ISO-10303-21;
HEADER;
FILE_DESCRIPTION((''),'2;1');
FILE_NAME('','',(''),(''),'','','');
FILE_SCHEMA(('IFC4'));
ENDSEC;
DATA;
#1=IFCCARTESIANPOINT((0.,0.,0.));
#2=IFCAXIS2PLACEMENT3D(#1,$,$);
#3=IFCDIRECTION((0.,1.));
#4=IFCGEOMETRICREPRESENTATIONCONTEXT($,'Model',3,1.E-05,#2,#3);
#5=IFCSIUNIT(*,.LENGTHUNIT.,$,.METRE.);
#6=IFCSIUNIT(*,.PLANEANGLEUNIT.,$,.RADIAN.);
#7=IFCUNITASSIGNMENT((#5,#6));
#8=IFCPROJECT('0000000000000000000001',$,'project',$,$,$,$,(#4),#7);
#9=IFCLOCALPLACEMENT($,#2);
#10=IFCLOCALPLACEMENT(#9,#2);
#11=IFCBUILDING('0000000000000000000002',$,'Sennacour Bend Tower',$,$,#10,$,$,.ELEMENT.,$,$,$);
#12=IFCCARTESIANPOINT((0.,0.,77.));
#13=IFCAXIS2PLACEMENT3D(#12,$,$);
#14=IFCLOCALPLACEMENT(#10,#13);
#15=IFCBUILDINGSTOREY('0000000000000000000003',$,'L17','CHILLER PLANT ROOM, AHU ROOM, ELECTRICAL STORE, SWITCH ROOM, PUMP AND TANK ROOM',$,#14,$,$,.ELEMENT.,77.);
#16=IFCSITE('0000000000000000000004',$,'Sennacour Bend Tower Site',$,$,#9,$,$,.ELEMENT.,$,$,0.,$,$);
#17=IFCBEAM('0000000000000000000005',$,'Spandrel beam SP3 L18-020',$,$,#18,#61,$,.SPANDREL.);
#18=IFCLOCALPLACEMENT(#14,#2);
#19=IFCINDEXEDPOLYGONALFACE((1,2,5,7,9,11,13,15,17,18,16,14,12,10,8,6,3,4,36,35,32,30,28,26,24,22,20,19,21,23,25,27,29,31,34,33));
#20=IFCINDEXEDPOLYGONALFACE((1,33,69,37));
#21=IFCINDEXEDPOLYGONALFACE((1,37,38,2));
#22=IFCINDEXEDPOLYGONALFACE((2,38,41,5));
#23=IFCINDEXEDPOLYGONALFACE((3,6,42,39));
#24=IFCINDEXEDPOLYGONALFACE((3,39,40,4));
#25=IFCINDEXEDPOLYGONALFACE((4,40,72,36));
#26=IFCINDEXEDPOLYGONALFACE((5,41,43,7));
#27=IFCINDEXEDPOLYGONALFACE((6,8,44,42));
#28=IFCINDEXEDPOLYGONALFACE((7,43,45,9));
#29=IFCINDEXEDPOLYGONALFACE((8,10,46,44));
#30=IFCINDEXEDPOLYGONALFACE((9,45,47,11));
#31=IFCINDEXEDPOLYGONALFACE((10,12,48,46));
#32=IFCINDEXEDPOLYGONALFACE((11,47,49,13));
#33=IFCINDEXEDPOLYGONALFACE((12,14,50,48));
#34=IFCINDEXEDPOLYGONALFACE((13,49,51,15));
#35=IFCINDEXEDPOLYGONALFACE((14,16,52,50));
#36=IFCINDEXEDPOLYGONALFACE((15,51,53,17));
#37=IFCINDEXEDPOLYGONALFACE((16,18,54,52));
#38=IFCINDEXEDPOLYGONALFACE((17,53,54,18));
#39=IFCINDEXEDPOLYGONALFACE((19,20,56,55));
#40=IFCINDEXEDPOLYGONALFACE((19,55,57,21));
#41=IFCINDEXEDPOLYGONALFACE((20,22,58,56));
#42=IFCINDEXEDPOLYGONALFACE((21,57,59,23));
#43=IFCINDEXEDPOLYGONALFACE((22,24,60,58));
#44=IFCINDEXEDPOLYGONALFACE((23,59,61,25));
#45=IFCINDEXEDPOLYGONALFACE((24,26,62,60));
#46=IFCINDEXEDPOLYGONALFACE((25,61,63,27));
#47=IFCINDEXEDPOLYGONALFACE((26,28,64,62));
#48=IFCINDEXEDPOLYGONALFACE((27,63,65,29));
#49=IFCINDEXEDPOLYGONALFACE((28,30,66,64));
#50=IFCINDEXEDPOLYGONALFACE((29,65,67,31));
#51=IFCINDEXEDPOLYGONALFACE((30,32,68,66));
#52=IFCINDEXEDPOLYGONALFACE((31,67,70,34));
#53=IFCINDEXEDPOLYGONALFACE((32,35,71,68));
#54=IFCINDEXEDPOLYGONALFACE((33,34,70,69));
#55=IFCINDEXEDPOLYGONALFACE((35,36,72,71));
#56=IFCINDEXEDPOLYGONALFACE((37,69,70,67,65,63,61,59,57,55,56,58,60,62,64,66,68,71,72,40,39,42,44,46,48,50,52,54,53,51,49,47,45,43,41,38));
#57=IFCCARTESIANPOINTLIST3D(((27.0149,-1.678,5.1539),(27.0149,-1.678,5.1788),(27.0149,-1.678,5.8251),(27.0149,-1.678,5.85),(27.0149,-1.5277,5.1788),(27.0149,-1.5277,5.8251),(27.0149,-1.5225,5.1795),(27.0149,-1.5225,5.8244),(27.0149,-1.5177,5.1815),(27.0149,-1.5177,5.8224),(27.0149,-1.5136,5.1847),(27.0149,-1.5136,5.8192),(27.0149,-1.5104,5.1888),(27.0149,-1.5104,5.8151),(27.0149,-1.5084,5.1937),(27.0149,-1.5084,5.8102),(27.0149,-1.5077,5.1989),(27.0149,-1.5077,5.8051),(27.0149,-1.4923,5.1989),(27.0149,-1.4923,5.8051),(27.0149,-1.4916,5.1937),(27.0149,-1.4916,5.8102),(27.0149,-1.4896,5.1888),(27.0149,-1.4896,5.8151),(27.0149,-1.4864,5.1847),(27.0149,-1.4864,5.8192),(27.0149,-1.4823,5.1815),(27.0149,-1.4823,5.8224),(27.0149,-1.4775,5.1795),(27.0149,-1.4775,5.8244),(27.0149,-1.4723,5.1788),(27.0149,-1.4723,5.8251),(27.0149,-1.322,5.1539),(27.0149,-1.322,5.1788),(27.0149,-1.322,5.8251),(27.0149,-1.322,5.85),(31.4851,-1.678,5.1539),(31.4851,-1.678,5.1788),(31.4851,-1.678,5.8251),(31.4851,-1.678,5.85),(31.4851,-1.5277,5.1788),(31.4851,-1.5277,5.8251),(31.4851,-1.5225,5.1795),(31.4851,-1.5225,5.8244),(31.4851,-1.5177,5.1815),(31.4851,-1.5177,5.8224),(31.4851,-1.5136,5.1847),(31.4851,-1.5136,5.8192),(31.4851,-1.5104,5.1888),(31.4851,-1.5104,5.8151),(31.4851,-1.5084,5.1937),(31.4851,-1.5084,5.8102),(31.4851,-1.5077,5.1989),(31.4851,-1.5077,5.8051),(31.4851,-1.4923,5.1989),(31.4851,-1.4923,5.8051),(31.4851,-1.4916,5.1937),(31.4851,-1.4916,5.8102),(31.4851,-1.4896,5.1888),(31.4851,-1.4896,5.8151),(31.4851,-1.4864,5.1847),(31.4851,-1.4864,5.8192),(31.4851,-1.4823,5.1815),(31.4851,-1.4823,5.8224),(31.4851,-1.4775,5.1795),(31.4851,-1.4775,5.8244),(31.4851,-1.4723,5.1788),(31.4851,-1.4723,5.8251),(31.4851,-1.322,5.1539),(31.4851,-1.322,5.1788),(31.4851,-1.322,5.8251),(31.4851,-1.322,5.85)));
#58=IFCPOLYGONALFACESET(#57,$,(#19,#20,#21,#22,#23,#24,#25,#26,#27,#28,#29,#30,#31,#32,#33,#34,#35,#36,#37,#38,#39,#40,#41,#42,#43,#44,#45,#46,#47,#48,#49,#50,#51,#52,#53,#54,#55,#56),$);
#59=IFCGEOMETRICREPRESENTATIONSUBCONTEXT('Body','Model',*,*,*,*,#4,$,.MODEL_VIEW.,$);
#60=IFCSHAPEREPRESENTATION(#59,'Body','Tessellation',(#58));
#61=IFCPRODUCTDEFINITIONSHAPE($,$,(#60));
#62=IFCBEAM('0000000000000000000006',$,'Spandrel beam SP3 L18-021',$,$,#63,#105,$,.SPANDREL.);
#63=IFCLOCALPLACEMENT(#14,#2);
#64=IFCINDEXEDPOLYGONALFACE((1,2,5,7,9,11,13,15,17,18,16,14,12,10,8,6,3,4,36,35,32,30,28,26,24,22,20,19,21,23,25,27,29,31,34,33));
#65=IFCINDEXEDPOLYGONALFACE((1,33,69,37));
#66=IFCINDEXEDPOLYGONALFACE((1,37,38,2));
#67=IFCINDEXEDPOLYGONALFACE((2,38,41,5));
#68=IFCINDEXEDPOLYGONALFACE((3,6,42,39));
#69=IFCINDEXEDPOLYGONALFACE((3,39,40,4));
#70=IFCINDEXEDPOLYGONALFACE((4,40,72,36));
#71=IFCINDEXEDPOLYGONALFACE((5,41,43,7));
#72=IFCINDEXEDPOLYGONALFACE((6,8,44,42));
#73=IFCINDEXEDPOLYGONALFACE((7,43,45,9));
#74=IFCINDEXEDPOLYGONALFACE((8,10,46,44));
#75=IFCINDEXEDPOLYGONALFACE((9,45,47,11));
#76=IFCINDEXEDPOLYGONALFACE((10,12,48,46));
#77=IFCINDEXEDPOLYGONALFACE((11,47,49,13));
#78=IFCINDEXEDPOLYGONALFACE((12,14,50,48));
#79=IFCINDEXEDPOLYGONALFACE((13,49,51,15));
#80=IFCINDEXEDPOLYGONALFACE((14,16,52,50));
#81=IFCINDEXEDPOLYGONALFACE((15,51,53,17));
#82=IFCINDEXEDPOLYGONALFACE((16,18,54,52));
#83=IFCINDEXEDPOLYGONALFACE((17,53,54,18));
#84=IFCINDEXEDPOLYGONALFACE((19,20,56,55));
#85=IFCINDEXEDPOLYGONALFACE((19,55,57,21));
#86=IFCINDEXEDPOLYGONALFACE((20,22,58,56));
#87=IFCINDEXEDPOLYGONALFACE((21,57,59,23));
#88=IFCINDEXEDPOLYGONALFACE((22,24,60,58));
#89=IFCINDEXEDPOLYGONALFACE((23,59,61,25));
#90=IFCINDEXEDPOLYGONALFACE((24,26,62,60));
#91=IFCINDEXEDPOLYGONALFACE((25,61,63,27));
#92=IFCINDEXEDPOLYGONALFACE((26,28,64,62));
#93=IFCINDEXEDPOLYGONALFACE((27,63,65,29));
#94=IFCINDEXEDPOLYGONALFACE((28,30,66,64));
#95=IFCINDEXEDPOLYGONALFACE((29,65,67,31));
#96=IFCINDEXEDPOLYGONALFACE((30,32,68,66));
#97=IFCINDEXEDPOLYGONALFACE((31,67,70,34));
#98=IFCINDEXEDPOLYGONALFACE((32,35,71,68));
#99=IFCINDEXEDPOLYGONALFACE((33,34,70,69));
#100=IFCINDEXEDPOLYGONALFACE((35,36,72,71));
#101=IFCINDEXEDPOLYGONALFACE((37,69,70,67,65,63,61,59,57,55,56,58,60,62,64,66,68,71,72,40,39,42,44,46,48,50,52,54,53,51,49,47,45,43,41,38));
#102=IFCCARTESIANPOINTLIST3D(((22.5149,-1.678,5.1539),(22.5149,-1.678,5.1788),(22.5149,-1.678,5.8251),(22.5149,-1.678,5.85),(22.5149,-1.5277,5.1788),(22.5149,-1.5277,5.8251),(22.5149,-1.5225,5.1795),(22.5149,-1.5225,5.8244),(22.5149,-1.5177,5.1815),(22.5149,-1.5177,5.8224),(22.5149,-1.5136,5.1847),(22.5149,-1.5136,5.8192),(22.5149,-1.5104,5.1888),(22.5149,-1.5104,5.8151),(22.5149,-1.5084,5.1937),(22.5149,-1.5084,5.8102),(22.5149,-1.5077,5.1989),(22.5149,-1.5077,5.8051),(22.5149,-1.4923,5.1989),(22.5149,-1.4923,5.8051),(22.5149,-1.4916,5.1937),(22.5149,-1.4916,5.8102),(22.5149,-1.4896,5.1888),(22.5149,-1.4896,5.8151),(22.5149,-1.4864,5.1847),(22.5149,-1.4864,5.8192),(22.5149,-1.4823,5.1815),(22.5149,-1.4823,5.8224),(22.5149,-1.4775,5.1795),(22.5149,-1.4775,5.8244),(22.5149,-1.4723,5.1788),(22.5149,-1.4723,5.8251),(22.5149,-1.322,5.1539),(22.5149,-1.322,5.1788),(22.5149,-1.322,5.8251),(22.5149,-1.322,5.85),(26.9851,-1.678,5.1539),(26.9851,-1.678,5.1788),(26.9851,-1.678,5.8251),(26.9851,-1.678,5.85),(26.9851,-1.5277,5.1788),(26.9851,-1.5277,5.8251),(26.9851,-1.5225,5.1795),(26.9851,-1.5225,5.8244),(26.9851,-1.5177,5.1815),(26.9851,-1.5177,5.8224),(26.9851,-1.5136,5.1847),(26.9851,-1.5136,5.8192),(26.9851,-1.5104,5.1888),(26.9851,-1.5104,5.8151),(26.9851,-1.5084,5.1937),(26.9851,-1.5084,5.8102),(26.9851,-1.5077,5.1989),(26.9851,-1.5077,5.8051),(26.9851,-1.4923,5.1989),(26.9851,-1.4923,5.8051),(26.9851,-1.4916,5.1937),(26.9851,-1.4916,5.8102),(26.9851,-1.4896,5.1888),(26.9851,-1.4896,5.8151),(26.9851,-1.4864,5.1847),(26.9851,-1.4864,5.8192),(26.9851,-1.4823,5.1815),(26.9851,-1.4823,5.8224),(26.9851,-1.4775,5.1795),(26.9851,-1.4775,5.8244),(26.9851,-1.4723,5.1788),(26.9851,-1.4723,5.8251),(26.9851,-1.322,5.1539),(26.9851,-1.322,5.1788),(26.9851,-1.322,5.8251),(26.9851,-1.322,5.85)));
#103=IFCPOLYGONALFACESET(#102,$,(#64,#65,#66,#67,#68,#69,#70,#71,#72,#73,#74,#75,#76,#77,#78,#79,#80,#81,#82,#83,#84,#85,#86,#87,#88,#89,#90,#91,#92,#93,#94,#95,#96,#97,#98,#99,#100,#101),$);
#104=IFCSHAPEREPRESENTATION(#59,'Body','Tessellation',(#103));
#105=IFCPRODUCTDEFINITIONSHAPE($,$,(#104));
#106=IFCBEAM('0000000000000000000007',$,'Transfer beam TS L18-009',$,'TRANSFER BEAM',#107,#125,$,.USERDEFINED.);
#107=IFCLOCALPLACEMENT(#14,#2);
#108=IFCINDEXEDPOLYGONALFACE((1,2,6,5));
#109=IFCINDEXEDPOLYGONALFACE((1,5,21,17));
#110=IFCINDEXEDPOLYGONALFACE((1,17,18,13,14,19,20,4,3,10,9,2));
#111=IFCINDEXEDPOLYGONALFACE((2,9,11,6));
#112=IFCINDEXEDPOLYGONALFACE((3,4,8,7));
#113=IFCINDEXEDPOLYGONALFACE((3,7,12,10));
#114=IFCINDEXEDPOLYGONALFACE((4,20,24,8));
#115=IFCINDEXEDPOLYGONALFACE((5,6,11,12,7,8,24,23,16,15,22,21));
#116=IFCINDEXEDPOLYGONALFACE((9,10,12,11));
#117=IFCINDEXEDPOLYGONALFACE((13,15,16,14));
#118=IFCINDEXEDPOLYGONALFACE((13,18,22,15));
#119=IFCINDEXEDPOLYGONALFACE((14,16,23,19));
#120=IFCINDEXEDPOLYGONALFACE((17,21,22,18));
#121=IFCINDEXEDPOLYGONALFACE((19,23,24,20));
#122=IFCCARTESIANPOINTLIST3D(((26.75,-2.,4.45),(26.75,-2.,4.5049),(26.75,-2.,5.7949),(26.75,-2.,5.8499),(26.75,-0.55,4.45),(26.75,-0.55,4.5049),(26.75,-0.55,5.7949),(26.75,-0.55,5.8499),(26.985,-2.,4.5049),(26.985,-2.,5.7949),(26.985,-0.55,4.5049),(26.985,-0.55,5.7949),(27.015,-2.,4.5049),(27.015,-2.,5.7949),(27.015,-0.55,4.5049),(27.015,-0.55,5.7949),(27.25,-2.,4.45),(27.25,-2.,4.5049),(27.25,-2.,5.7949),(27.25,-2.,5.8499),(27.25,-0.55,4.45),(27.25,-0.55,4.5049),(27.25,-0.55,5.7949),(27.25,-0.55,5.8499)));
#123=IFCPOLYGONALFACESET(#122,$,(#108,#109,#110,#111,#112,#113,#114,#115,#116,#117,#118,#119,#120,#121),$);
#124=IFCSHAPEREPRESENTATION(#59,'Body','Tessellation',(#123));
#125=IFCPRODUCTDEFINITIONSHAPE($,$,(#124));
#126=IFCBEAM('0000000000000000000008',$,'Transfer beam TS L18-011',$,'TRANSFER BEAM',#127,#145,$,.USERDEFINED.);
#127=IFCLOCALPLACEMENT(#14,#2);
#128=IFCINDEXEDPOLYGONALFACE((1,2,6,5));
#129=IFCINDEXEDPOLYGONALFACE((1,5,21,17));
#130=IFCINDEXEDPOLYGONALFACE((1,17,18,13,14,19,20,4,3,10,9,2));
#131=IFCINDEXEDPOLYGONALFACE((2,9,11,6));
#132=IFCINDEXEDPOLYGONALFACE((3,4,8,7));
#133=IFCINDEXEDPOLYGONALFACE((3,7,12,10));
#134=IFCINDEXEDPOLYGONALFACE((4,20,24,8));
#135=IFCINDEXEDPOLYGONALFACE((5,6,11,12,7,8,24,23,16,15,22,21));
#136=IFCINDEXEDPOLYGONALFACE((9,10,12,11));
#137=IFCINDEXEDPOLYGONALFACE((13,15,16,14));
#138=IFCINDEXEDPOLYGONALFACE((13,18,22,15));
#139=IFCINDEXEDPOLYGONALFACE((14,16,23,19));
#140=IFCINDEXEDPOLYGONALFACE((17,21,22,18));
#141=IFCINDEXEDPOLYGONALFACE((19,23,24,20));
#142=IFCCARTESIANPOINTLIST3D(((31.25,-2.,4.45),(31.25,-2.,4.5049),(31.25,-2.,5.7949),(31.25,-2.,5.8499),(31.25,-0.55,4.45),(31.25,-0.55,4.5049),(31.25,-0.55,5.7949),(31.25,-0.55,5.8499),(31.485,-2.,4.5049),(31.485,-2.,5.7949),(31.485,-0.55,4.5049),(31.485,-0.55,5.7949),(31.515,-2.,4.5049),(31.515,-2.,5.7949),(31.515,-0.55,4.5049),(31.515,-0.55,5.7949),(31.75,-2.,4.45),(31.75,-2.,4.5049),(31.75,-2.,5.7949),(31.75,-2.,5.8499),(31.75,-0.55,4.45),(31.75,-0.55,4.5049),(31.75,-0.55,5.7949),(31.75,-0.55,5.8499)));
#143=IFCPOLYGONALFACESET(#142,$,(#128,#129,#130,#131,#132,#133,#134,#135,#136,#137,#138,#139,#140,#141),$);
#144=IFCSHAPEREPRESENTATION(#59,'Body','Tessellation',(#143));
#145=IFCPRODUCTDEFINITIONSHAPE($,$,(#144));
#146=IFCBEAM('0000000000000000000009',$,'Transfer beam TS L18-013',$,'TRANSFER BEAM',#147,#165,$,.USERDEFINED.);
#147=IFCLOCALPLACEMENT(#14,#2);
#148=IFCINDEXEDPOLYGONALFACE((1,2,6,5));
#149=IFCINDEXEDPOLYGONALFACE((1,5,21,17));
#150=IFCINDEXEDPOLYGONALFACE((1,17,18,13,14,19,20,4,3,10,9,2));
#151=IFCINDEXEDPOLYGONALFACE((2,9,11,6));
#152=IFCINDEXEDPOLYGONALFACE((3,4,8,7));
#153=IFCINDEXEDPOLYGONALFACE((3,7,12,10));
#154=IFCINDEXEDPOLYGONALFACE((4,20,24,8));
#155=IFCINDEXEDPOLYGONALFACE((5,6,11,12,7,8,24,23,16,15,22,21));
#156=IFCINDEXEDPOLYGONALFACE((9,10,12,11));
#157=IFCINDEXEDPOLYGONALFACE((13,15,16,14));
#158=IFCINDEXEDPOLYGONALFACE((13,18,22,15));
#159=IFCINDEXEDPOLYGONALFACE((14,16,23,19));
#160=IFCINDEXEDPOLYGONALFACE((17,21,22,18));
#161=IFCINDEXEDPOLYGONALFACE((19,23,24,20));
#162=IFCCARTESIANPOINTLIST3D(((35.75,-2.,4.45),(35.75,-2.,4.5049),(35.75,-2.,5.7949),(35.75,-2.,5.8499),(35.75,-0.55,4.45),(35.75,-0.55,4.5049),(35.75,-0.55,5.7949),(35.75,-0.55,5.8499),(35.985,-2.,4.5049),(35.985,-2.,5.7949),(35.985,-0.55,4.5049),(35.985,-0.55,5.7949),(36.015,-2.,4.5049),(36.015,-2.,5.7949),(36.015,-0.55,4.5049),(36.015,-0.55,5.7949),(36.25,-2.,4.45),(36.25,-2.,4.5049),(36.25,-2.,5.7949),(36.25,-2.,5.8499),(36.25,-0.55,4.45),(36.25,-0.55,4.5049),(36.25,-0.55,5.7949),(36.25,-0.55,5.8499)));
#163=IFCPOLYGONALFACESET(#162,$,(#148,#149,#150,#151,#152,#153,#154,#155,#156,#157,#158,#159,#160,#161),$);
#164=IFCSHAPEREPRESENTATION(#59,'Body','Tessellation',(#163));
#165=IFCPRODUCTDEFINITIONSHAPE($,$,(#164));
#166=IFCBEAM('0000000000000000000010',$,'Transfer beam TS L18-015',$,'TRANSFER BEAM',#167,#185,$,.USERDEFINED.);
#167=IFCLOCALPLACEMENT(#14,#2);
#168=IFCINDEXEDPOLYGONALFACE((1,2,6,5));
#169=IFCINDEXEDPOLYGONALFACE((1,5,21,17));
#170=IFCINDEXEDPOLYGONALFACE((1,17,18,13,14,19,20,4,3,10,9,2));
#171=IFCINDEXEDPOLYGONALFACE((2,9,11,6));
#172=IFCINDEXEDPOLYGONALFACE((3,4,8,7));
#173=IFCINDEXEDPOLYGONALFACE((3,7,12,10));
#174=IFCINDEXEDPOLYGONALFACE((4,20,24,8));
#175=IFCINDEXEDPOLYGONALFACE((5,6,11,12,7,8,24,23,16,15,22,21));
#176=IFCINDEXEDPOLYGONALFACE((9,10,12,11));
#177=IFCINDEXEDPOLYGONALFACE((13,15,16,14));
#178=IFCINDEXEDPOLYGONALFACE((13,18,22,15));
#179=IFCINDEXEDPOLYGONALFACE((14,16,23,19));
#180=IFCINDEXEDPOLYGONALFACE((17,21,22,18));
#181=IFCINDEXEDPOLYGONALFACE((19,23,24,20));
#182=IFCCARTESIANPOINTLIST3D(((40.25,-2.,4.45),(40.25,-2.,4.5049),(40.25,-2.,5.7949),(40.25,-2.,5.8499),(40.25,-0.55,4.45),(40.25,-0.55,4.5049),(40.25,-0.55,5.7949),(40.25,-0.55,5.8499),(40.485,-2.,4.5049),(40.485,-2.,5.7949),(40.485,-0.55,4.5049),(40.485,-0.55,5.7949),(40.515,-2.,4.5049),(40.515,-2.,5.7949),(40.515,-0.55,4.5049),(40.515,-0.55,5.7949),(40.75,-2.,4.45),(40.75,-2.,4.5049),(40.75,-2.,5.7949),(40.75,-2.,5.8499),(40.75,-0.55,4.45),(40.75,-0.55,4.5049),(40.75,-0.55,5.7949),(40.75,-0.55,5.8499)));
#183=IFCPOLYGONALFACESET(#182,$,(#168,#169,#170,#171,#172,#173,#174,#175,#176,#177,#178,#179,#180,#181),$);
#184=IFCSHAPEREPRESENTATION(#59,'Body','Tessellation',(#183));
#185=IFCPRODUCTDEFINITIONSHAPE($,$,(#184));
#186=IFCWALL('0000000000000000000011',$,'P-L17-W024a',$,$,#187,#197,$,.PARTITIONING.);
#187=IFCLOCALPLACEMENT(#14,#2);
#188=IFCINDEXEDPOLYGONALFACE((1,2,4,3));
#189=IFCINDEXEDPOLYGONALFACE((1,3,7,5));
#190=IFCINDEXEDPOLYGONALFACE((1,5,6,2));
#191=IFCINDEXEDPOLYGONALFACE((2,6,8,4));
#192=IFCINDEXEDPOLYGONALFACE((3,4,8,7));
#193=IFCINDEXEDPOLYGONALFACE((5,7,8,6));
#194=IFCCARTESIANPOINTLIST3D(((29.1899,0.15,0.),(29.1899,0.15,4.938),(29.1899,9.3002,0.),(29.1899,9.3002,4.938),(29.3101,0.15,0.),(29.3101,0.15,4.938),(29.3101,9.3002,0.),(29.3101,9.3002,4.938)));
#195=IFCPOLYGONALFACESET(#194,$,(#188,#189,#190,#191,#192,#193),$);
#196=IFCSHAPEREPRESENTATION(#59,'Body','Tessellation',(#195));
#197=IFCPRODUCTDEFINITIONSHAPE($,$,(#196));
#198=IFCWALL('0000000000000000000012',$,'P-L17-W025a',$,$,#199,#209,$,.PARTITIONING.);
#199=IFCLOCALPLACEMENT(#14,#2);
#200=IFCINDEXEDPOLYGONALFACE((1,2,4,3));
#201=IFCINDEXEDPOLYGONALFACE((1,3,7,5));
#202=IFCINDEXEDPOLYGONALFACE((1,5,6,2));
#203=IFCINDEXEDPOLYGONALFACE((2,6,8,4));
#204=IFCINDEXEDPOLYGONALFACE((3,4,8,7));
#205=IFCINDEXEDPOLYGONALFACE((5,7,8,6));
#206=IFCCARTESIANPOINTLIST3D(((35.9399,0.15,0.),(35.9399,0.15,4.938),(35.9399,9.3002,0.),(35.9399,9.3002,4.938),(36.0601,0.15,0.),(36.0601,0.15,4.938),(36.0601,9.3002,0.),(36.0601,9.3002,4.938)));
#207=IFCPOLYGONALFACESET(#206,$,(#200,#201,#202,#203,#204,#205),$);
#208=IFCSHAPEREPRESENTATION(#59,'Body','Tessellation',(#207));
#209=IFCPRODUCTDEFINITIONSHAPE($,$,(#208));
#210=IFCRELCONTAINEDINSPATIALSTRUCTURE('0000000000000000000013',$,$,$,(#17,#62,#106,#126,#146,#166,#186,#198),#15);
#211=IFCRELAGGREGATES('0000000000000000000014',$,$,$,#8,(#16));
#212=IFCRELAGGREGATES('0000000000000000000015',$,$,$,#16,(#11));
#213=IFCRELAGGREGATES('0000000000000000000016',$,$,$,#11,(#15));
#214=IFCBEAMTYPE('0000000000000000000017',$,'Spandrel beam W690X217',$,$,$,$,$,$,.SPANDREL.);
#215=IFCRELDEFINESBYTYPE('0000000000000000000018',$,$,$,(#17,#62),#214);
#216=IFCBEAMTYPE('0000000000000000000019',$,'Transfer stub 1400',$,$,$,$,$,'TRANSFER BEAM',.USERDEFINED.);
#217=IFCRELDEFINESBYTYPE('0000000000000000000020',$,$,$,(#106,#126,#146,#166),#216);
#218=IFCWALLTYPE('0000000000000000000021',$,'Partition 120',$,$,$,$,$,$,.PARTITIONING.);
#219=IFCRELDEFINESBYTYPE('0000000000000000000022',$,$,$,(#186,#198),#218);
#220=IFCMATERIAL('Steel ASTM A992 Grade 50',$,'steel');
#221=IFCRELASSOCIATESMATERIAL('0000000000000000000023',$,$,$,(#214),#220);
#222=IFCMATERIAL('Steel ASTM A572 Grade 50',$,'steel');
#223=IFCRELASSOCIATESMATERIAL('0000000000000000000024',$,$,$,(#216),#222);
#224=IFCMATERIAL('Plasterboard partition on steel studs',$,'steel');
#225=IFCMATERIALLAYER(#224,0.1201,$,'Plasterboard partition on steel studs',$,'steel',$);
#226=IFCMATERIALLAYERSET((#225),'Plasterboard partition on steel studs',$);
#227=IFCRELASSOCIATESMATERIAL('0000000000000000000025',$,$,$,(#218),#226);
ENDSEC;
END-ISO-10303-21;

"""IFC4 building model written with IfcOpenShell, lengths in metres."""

from ifc_helpers import new_model, si_unit, direction, frame, frame_2d, origin, origin_2d, place, context, subcontext, project, spatial, rectangle, i_section, extrude, material, layer, layer_set, material_profile, profile_set, type_object, element, save


model = new_model("IFC4")

# Units and contexts
model_context = context("Model", 3, precision=1e-05, world=origin(), true_north=direction((0.0, 1.0)))
body_context = subcontext(model_context, "Body", "Model", "MODEL_VIEW")
ifc_project = project(units=[si_unit("LENGTHUNIT", "METRE"), si_unit("PLANEANGLEUNIT", "RADIAN")], contexts=[model_context])

# Site, building, storey
site_placement = place(None, origin())
site = spatial("IfcSite", under=ifc_project, at=site_placement, Name="Sennacour Bend Tower Site", CompositionType="ELEMENT", RefElevation=0.0)
building_placement = place(site_placement, origin())
building = spatial("IfcBuilding", under=site, at=building_placement, Name="Sennacour Bend Tower", CompositionType="ELEMENT")
storey_placement = place(building_placement, frame((0.0, 0.0, 77.0)))
storey = spatial("IfcBuildingStorey", under=building, at=storey_placement, Name="L17", Description="CHILLER PLANT ROOM, AHU ROOM, ELECTRICAL STORE, SWITCH ROOM, PUMP AND TANK ROOM", CompositionType="ELEMENT", Elevation=77.0)

# Shared definitions
ifc_material_1 = material(Name="Steel ASTM A572 Grade 50", Category="steel")

# Shared definitions
ifc_material_2 = material(Name="Steel ASTM A992 Grade 50", Category="steel")

# Beams
ifc_material_profile_1 = material_profile(ifc_material_2, i_section(OverallWidth=0.356, OverallDepth=0.696, WebThickness=0.0154, FlangeThickness=0.0249, FilletRadius=0.02, at=origin_2d()), Name="Steel ASTM A992 Grade 50", Category="steel")
ifc_profile_set_1 = profile_set([ifc_material_profile_1], Name="Steel ASTM A992 Grade 50")
beam_type_1 = type_object("IfcBeamType", Name="Spandrel beam W690X217", PredefinedType="SPANDREL", material=ifc_profile_set_1)
for number, where, z_axis, x_axis, name in (
    (1, (31.4851, -1.5, 5.502), (-1.0, 0.0, 0.0), (0.0, -1.0, 0.0), "Spandrel beam SP3 L18-020"),
    (2, (26.9851, -1.5, 5.502), (-1.0, 0.0, 0.0), (0.0, -1.0, 0.0), "Spandrel beam SP3 L18-021"),
):
    element("IfcBeam", number, at=place(storey_placement, frame(where, z_axis=z_axis, x_axis=x_axis)), inside=storey, type_object=beam_type_1, Name=name, PredefinedType="SPANDREL", context=body_context, shape_type="SweptSolid", body=[
        extrude(i_section(OverallWidth=0.356, OverallDepth=0.696, WebThickness=0.0154, FlangeThickness=0.0249, FilletRadius=0.02, at=origin_2d()), origin(), (0.0, 0.0, 1.0), 4.4702),
    ])
ifc_material_profile_2 = material_profile(ifc_material_1, i_section(OverallWidth=0.5, OverallDepth=1.3999, WebThickness=0.03, FlangeThickness=0.0549, at=origin_2d()), Name="Steel ASTM A572 Grade 50", Category="steel")
ifc_profile_set_2 = profile_set([ifc_material_profile_2], Name="Steel ASTM A572 Grade 50")
beam_type_2 = type_object("IfcBeamType", Name="Transfer stub 1400", ElementType="TRANSFER BEAM", PredefinedType="USERDEFINED", material=ifc_profile_set_2)
for number, where, z_axis, x_axis, name in (
    (3, (27.0, -0.55, 5.1499), (0.0, -1.0, 0.0), (1.0, 0.0, 0.0), "Transfer beam TS L18-009"),
    (4, (31.5, -0.55, 5.1499), (0.0, -1.0, 0.0), (1.0, 0.0, 0.0), "Transfer beam TS L18-011"),
    (5, (36.0, -0.55, 5.1499), (0.0, -1.0, 0.0), (1.0, 0.0, 0.0), "Transfer beam TS L18-013"),
    (6, (40.5, -0.55, 5.1499), (0.0, -1.0, 0.0), (1.0, 0.0, 0.0), "Transfer beam TS L18-015"),
):
    element("IfcBeam", number, at=place(storey_placement, frame(where, z_axis=z_axis, x_axis=x_axis)), inside=storey, type_object=beam_type_2, Name=name, ObjectType="TRANSFER BEAM", PredefinedType="USERDEFINED", context=body_context, shape_type="SweptSolid", body=[
        extrude(i_section(OverallWidth=0.5, OverallDepth=1.3999, WebThickness=0.03, FlangeThickness=0.0549, at=origin_2d()), origin(), (0.0, 0.0, 1.0), 1.45),
    ])

# Walls
ifc_material_3 = material(Name="Plasterboard partition on steel studs", Category="steel")
ifc_layer = layer(ifc_material_3, 0.1201, Name="Plasterboard partition on steel studs", Category="steel")
ifc_layer_set = layer_set([ifc_layer], Name="Plasterboard partition on steel studs")
wall_type = type_object("IfcWallType", Name="Partition 120", PredefinedType="PARTITIONING", material=ifc_layer_set)
for number, where, z_axis, x_axis, name in (
    (7, (29.25, 0.1499, 0.0), (0.0, 0.0, 1.0), (0.0, 1.0, 0.0), "P-L17-W024a"),
    (8, (36.0, 0.1499, 0.0), (0.0, 0.0, 1.0), (0.0, 1.0, 0.0), "P-L17-W025a"),
):
    element("IfcWall", number, at=place(storey_placement, frame(where, z_axis=z_axis, x_axis=x_axis)), inside=storey, type_object=wall_type, Name=name, PredefinedType="PARTITIONING", context=body_context, shape_type="SweptSolid", body=[
        extrude(rectangle(XDim=9.1501, YDim=0.1201, at=frame_2d((4.5752, 0.0))), origin(), (0.0, 0.0, 1.0), 4.938),
    ])

save(model, "model.ifc")
